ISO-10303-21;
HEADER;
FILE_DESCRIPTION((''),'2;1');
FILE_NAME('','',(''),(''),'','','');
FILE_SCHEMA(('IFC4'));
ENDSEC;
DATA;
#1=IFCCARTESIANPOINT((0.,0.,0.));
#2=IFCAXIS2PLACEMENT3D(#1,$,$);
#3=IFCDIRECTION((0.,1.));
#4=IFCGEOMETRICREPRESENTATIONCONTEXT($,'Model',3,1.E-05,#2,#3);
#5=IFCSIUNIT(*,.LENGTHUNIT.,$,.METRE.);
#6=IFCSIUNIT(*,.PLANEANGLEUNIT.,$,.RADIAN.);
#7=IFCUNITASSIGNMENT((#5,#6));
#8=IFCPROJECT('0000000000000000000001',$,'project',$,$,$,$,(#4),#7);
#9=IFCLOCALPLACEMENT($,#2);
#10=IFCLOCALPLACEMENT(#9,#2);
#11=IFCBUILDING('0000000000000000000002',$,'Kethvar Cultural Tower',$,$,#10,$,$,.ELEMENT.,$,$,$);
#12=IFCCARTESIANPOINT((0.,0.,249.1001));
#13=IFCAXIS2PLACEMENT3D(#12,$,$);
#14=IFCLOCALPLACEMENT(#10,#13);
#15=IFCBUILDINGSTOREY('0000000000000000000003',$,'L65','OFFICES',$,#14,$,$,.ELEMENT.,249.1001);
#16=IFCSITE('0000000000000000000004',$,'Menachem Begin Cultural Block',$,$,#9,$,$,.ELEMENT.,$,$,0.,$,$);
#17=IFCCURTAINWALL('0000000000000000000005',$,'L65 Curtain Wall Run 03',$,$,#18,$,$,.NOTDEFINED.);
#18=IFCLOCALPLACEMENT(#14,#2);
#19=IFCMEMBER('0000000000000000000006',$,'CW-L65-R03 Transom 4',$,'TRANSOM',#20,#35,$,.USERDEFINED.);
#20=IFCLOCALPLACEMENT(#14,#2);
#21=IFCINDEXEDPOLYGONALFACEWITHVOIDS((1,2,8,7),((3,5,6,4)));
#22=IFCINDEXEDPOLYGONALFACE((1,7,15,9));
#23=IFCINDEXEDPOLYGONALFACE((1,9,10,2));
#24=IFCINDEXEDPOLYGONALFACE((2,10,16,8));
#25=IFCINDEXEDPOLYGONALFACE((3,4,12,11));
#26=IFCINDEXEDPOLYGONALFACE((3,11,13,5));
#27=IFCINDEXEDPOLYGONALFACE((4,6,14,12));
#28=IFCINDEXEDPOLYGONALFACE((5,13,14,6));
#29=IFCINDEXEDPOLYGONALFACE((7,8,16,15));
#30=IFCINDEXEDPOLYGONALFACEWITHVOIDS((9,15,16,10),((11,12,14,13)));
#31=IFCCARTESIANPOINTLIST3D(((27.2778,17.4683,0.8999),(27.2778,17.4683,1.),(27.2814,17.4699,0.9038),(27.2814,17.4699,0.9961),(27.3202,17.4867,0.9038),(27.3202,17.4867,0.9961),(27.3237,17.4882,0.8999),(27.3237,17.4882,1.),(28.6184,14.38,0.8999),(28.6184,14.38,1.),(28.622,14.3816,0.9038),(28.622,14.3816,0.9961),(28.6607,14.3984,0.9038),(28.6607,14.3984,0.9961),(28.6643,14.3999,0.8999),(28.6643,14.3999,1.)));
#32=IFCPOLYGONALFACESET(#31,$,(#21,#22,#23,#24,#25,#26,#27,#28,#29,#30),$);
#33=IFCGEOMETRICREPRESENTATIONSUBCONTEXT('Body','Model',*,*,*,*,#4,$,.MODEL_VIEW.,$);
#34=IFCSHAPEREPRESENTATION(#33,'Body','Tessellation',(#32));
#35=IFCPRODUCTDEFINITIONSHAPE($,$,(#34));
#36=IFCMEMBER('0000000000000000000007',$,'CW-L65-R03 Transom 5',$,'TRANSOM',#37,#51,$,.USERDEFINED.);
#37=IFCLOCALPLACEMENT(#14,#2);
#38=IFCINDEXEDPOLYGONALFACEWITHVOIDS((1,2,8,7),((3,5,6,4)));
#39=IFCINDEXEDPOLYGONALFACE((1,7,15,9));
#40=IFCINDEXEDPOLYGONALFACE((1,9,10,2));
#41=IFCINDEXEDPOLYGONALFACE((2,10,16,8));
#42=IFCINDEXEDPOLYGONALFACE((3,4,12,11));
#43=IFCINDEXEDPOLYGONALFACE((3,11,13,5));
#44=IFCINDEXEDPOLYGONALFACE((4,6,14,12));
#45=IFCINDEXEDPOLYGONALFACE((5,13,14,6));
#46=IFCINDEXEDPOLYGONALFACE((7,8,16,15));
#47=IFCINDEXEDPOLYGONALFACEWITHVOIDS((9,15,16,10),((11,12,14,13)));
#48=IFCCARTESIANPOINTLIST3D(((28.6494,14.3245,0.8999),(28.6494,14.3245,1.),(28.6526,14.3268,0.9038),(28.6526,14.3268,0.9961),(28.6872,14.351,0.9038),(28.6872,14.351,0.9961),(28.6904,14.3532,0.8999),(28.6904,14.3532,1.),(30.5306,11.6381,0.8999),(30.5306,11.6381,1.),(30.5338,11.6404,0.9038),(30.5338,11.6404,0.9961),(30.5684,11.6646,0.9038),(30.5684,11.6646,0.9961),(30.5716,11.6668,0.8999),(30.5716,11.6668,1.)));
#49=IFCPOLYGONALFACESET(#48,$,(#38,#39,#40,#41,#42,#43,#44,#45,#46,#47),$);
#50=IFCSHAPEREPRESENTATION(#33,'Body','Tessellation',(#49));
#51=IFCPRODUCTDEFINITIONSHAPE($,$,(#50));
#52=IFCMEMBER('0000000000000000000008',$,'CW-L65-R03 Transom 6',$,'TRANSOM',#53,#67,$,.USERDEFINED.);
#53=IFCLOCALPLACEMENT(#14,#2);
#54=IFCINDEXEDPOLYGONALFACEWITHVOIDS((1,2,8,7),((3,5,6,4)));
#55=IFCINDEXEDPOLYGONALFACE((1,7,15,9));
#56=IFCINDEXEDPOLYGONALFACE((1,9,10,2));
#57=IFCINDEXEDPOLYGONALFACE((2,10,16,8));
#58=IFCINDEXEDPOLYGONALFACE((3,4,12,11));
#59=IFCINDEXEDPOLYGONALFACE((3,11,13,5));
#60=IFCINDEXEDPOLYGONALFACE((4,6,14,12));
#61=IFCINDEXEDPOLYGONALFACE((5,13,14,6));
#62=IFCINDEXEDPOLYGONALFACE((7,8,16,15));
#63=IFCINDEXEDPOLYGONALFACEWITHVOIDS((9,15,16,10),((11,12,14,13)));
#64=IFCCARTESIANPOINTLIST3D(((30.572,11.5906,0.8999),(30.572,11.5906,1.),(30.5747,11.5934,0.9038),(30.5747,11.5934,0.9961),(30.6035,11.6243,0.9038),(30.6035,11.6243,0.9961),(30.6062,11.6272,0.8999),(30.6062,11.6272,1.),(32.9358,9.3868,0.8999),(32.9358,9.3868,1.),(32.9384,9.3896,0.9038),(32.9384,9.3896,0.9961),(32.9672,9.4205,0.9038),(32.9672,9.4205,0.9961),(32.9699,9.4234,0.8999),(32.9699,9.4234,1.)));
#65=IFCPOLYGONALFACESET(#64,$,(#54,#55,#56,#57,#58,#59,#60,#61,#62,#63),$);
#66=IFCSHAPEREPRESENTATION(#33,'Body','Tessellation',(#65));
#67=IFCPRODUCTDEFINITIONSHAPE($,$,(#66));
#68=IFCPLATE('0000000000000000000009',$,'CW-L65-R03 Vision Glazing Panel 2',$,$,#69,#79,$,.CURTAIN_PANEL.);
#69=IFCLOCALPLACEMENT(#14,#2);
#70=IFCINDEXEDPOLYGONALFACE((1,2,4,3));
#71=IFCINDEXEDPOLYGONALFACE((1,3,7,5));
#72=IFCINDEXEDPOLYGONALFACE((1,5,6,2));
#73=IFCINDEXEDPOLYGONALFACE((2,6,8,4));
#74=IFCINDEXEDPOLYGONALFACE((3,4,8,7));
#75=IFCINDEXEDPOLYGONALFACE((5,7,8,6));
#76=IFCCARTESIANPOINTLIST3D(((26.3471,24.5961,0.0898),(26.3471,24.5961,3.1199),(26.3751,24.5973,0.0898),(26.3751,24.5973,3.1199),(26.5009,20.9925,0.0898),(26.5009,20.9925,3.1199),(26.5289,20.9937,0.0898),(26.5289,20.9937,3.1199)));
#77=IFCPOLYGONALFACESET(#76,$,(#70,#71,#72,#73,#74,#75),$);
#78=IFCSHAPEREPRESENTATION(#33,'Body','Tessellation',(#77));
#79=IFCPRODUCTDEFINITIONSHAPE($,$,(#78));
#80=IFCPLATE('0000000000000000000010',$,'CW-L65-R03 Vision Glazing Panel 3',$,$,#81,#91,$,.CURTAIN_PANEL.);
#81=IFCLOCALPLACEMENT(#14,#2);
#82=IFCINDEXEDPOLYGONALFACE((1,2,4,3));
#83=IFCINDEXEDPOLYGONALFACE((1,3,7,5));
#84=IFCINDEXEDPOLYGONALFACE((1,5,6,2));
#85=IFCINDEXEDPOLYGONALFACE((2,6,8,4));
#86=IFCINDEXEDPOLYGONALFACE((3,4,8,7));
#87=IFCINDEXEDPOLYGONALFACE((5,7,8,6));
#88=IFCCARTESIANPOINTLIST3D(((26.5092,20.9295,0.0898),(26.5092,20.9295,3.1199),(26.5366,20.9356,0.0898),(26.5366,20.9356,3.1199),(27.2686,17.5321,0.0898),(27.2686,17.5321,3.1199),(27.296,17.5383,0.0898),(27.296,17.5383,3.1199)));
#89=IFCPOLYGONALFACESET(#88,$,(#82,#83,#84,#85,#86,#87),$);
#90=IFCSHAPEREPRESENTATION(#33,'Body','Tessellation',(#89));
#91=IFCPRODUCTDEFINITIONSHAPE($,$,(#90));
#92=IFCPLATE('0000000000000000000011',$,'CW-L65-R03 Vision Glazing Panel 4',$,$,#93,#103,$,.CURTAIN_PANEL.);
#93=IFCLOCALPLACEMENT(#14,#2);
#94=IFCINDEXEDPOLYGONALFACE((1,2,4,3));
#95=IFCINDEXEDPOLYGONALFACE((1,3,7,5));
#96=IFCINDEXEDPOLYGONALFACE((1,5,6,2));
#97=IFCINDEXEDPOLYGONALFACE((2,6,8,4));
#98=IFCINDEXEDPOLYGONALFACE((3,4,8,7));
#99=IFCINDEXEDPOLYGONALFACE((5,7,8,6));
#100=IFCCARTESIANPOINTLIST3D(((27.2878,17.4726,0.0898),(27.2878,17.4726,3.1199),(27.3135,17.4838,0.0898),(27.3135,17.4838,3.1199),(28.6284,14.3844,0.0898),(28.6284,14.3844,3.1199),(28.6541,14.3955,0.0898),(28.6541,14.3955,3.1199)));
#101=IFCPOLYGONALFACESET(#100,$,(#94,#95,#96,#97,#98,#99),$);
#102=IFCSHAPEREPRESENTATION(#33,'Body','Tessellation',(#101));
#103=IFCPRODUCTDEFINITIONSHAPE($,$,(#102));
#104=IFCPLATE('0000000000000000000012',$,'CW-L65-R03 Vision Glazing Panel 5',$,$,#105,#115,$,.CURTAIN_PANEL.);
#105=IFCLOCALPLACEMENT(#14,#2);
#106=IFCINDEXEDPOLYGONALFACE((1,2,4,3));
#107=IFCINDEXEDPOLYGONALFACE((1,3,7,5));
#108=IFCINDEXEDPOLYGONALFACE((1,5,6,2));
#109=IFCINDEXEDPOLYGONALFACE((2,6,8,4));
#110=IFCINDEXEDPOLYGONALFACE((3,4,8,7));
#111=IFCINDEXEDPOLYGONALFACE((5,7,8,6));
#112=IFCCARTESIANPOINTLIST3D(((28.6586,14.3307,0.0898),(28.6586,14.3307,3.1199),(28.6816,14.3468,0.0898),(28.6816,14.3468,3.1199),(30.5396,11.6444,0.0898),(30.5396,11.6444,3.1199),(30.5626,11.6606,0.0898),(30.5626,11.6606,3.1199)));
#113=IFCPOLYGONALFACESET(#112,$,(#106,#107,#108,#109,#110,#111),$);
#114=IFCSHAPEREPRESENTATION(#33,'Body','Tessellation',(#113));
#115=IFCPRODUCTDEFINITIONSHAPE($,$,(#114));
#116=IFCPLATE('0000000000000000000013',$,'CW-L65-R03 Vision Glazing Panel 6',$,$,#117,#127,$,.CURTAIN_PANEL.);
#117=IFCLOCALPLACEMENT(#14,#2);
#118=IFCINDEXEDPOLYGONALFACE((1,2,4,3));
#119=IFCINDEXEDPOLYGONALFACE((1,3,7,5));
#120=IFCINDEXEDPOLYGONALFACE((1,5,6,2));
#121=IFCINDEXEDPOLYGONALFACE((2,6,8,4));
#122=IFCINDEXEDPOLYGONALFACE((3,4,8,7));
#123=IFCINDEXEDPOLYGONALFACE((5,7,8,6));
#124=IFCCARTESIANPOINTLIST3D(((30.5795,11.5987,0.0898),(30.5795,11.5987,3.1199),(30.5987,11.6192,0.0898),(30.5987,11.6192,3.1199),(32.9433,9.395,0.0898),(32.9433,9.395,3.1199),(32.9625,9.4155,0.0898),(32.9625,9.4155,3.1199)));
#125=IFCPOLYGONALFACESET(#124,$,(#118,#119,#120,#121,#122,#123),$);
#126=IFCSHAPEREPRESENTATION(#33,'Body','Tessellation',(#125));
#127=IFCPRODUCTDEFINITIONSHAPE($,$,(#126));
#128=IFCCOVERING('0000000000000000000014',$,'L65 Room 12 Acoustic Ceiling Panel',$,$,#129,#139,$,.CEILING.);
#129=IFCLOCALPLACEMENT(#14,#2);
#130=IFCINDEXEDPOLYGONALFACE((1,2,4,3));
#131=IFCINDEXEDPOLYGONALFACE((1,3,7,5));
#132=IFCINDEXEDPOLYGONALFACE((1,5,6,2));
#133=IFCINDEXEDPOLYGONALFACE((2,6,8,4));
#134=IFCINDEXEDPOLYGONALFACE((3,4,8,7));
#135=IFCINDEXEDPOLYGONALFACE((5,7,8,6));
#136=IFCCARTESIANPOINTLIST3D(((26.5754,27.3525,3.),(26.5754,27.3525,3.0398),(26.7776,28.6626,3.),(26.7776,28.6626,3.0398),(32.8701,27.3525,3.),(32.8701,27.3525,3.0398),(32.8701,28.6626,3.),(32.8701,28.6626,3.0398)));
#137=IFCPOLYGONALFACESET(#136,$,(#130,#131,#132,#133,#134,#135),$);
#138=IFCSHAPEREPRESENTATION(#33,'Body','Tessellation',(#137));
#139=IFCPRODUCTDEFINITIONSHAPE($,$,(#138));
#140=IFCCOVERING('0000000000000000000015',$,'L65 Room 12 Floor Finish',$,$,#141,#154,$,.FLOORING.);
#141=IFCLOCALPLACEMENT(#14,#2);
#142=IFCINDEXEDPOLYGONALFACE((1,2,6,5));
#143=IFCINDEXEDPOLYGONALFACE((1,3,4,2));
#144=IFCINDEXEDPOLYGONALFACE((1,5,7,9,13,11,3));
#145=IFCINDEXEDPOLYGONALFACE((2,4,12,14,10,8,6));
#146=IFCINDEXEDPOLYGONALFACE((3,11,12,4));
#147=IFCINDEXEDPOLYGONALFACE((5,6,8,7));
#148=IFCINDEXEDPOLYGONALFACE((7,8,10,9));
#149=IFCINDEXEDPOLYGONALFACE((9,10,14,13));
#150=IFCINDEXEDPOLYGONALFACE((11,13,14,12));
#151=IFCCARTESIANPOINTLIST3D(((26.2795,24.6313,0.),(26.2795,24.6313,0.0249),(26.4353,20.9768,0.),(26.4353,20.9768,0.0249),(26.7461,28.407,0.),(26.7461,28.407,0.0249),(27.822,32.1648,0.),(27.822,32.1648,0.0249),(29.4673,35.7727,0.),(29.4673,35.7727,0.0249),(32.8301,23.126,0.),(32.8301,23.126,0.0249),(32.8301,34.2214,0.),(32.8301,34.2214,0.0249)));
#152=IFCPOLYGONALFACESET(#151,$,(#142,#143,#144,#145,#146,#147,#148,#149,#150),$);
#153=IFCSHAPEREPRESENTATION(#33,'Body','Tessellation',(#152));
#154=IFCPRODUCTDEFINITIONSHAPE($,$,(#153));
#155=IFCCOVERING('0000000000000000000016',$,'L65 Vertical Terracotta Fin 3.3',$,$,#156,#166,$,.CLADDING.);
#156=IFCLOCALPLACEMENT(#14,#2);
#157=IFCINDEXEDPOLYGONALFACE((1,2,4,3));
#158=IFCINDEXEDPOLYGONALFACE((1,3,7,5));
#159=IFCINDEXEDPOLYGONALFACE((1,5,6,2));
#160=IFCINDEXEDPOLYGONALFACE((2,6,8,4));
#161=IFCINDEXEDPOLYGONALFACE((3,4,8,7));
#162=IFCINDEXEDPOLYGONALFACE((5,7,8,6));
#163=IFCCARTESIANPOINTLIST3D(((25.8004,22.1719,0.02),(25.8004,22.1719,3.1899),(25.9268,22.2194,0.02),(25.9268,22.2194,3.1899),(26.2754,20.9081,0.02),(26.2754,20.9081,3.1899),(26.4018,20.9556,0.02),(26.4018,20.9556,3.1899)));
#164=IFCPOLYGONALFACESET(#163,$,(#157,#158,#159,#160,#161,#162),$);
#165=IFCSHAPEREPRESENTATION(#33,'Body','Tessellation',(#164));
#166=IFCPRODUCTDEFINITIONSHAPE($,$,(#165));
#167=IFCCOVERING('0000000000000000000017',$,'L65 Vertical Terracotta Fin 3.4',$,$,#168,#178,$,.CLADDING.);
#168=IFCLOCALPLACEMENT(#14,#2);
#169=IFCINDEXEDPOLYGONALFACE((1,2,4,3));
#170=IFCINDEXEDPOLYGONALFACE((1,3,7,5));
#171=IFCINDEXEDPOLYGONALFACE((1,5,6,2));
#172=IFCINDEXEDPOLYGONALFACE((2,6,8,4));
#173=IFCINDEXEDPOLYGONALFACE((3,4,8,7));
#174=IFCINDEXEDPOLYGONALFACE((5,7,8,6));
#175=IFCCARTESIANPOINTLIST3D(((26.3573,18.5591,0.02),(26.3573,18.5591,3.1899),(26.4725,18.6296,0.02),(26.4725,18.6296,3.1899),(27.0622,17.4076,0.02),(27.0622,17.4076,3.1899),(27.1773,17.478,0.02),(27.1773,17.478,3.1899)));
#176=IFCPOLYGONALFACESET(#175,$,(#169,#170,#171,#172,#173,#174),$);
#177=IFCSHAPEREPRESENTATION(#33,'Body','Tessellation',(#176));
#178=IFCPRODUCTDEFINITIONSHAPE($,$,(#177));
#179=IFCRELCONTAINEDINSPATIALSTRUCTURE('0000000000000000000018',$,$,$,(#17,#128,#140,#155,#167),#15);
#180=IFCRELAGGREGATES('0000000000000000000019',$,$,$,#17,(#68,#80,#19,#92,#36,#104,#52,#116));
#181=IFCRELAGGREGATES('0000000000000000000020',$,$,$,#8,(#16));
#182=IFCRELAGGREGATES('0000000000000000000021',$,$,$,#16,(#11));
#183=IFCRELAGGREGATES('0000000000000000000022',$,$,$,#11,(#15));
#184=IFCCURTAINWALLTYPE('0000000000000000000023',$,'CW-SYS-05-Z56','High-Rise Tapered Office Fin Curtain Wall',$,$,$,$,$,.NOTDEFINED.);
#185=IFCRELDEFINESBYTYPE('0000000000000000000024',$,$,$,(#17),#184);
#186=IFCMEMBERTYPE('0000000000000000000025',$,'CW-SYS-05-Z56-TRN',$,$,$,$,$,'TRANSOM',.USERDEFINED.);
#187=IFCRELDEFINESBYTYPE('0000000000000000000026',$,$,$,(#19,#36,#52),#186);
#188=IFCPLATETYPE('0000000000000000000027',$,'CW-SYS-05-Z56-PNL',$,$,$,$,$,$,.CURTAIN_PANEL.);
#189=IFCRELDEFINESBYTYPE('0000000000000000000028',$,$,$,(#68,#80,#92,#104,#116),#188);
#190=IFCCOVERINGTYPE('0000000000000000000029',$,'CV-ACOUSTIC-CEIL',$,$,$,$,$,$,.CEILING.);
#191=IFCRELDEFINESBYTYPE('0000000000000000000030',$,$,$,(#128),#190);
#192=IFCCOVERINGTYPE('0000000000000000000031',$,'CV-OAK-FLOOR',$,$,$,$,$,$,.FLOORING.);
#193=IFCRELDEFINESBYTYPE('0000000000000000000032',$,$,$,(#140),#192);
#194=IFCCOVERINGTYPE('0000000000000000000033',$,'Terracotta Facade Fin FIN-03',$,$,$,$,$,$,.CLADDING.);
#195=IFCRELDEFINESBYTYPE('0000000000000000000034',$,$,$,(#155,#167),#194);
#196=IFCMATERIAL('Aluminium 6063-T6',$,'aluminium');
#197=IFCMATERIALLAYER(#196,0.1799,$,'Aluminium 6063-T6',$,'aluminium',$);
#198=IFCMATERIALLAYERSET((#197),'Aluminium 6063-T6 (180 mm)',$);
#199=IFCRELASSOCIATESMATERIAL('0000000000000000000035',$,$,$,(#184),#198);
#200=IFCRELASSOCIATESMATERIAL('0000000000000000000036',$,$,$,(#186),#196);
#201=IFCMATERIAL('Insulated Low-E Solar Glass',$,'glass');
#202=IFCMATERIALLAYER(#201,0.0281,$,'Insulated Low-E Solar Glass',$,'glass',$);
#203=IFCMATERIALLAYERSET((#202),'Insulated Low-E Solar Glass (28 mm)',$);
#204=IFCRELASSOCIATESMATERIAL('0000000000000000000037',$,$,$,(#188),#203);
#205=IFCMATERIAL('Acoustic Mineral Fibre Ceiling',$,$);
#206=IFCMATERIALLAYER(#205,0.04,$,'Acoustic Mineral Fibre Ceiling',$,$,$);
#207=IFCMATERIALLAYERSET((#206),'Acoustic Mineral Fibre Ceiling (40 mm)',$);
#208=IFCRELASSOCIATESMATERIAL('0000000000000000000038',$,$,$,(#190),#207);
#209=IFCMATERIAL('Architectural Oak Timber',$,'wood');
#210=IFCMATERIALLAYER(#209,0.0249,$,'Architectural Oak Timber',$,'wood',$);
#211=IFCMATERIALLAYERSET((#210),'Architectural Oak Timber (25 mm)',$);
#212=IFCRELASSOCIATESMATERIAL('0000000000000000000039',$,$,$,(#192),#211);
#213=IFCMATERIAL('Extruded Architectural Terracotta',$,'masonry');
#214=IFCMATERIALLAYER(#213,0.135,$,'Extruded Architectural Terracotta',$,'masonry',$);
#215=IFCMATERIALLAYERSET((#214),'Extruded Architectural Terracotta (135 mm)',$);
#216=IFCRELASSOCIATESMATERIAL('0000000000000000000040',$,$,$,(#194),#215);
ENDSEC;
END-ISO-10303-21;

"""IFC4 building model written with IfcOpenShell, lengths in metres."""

from ifc_helpers import new_model, si_unit, direction, frame, origin, origin_2d, place, context, subcontext, project, spatial, polyline, rectangle, hollow_rectangle, outline, extrude, source, transform, mapped, material, layer, layer_set, material_profile, profile_set, type_object, element, aggregate, save


model = new_model("IFC4")

# Units and contexts
model_context = context("Model", 3, precision=1e-05, world=origin(), true_north=direction((0.0, 1.0)))
body_context = subcontext(model_context, "Body", "Model", "MODEL_VIEW")
ifc_project = project(units=[si_unit("LENGTHUNIT", "METRE"), si_unit("PLANEANGLEUNIT", "RADIAN")], contexts=[model_context])

# Site, building, storey
site_placement = place(None, origin())
site = spatial("IfcSite", under=ifc_project, at=site_placement, Name="Menachem Begin Cultural Block", CompositionType="ELEMENT", RefElevation=0.0)
building_placement = place(site_placement, origin())
building = spatial("IfcBuilding", under=site, at=building_placement, Name="Kethvar Cultural Tower", CompositionType="ELEMENT")
storey_placement = place(building_placement, frame((0.0, 0.0, 249.1001)))
storey = spatial("IfcBuildingStorey", under=building, at=storey_placement, Name="L65", Description="OFFICES", CompositionType="ELEMENT", Elevation=249.1001)

# Curtain wall, members, plates
ifc_material_1 = material(Name="Aluminium 6063-T6", Category="aluminium")
ifc_layer_1 = layer(ifc_material_1, 0.1799, Name="Aluminium 6063-T6", Category="aluminium")
ifc_layer_set_1 = layer_set([ifc_layer_1], Name="Aluminium 6063-T6 (180 mm)")
curtain_wall_type = type_object("IfcCurtainWallType", Name="CW-SYS-05-Z56", Description="High-Rise Tapered Office Fin Curtain Wall", PredefinedType="NOTDEFINED", material=ifc_layer_set_1)
curtain_wall_placement = place(storey_placement, origin())
curtain_wall = element("IfcCurtainWall", 1, at=curtain_wall_placement, inside=storey, type_object=curtain_wall_type, Name="L65 Curtain Wall Run 03", PredefinedType="NOTDEFINED")
ifc_material_profile_1 = material_profile(ifc_material_1, hollow_rectangle(XDim=0.05, YDim=0.1001, WallThickness=0.0039, at=origin_2d()), Name="Aluminium 6063-T6 — RHS100x50x4")
ifc_profile_set_1 = profile_set([ifc_material_profile_1], Name="Aluminium 6063-T6 — RHS100x50x4")
member_type_1 = type_object("IfcMemberType", Name="CW-SYS-05-Z56-TRN", ElementType="TRANSOM", PredefinedType="USERDEFINED", material=ifc_profile_set_1)
shared_shape_1 = source(origin(), body_context, "Body", "SweptSolid", [
    extrude(hollow_rectangle(XDim=0.05, YDim=0.1001, WallThickness=0.0039, at=origin_2d()), origin(), (0.0, 0.0, 1.0), 3.3667),
])
member_1_placement = place(storey_placement, frame((27.3008, 17.4783, 0.95), z_axis=(0.398177, -0.917309, 0.0), x_axis=(0.917309, 0.398177, 0.0)))
member_1 = element("IfcMember", 2, at=member_1_placement, type_object=member_type_1, Name="CW-L65-R03 Transom 4", ObjectType="TRANSOM", PredefinedType="USERDEFINED", context=body_context, shape_type="MappedRepresentation", body=[
    mapped(shared_shape_1, transform((0.0, 0.0, 0.0), scale=1.0)),
])
shared_shape_2 = source(origin(), body_context, "Body", "SweptSolid", [
    extrude(hollow_rectangle(XDim=0.05, YDim=0.1001, WallThickness=0.0039, at=origin_2d()), origin(), (0.0, 0.0, 1.0), 3.2795),
])
member_2_placement = place(storey_placement, frame((28.6699, 14.3389, 0.95), z_axis=(0.573607, -0.81913, 0.0), x_axis=(0.81913, 0.573607, 0.0)))
member_2 = element("IfcMember", 3, at=member_2_placement, type_object=member_type_1, Name="CW-L65-R03 Transom 5", ObjectType="TRANSOM", PredefinedType="USERDEFINED", context=body_context, shape_type="MappedRepresentation", body=[
    mapped(shared_shape_2, transform((0.0, 0.0, 0.0), scale=1.0)),
])
shared_shape_3 = source(origin(), body_context, "Body", "SweptSolid", [
    extrude(hollow_rectangle(XDim=0.05, YDim=0.1001, WallThickness=0.0039, at=origin_2d()), origin(), (0.0, 0.0, 1.0), 3.2317),
])
member_3_placement = place(storey_placement, frame((30.5891, 11.6089, 0.95), z_axis=(0.731414, -0.681933, 0.0), x_axis=(0.681933, 0.731414, 0.0)))
member_3 = element("IfcMember", 4, at=member_3_placement, type_object=member_type_1, Name="CW-L65-R03 Transom 6", ObjectType="TRANSOM", PredefinedType="USERDEFINED", context=body_context, shape_type="MappedRepresentation", body=[
    mapped(shared_shape_3, transform((0.0, 0.0, 0.0), scale=1.0)),
])
ifc_material_2 = material(Name="Insulated Low-E Solar Glass", Category="glass")
ifc_layer_2 = layer(ifc_material_2, 0.0281, Name="Insulated Low-E Solar Glass", Category="glass")
ifc_layer_set_2 = layer_set([ifc_layer_2], Name="Insulated Low-E Solar Glass (28 mm)")
plate_type = type_object("IfcPlateType", Name="CW-SYS-05-Z56-PNL", PredefinedType="CURTAIN_PANEL", material=ifc_layer_set_2)
shared_shape_4 = source(origin(), body_context, "Body", "SweptSolid", [
    extrude(rectangle(XDim=3.6069, YDim=0.0281, at=origin_2d()), origin(), (0.0, 0.0, 1.0), 3.03),
])
plate_1_placement = place(storey_placement, frame((26.438, 22.7949, 0.0898), z_axis=(0.0, 0.0, 1.0), x_axis=(0.042643, -0.99909, 0.0)))
plate_1 = element("IfcPlate", 5, at=plate_1_placement, type_object=plate_type, Name="CW-L65-R03 Vision Glazing Panel 2", PredefinedType="CURTAIN_PANEL", context=body_context, shape_type="MappedRepresentation", body=[
    mapped(shared_shape_4, transform((0.0, 0.0, 0.0), scale=1.0)),
])
shared_shape_5 = source(origin(), body_context, "Body", "SweptSolid", [
    extrude(rectangle(XDim=3.4812, YDim=0.0281, at=origin_2d()), origin(), (0.0, 0.0, 1.0), 3.03),
])
plate_2_placement = place(storey_placement, frame((26.9026, 19.2339, 0.0898), z_axis=(0.0, 0.0, 1.0), x_axis=(0.218126, -0.975921, 0.0)))
plate_2 = element("IfcPlate", 6, at=plate_2_placement, type_object=plate_type, Name="CW-L65-R03 Vision Glazing Panel 3", PredefinedType="CURTAIN_PANEL", context=body_context, shape_type="MappedRepresentation", body=[
    mapped(shared_shape_5, transform((0.0, 0.0, 0.0), scale=1.0)),
])
shared_shape_6 = source(origin(), body_context, "Body", "SweptSolid", [
    extrude(rectangle(XDim=3.3667, YDim=0.0281, at=origin_2d()), origin(), (0.0, 0.0, 1.0), 3.03),
])
plate_3_placement = place(storey_placement, frame((27.9709, 15.9341, 0.0898), z_axis=(0.0, 0.0, 1.0), x_axis=(0.398205, -0.917297, 0.0)))
plate_3 = element("IfcPlate", 7, at=plate_3_placement, type_object=plate_type, Name="CW-L65-R03 Vision Glazing Panel 4", PredefinedType="CURTAIN_PANEL", context=body_context, shape_type="MappedRepresentation", body=[
    mapped(shared_shape_6, transform((0.0, 0.0, 0.0), scale=1.0)),
])
shared_shape_7 = source(origin(), body_context, "Body", "SweptSolid", [
    extrude(rectangle(XDim=3.2793, YDim=0.0281, at=origin_2d()), origin(), (0.0, 0.0, 1.0), 3.03),
])
plate_4_placement = place(storey_placement, frame((29.6106, 12.9956, 0.0898), z_axis=(0.0, 0.0, 1.0), x_axis=(0.573591, -0.819142, 0.0)))
plate_4 = element("IfcPlate", 8, at=plate_4_placement, type_object=plate_type, Name="CW-L65-R03 Vision Glazing Panel 5", PredefinedType="CURTAIN_PANEL", context=body_context, shape_type="MappedRepresentation", body=[
    mapped(shared_shape_7, transform((0.0, 0.0, 0.0), scale=1.0)),
])
shared_shape_8 = source(origin(), body_context, "Body", "SweptSolid", [
    extrude(rectangle(XDim=3.2317, YDim=0.0281, at=origin_2d()), origin(), (0.0, 0.0, 1.0), 3.03),
])
plate_5_placement = place(storey_placement, frame((31.771, 10.5071, 0.0898), z_axis=(0.0, 0.0, 1.0), x_axis=(0.731437, -0.681909, 0.0)))
plate_5 = element("IfcPlate", 9, at=plate_5_placement, type_object=plate_type, Name="CW-L65-R03 Vision Glazing Panel 6", PredefinedType="CURTAIN_PANEL", context=body_context, shape_type="MappedRepresentation", body=[
    mapped(shared_shape_8, transform((0.0, 0.0, 0.0), scale=1.0)),
])
aggregate(curtain_wall, [plate_1, plate_2, member_1, plate_3, member_2, plate_4, member_3, plate_5])

# Coverings
ifc_material_3 = material(Name="Acoustic Mineral Fibre Ceiling")
ifc_layer_3 = layer(ifc_material_3, 0.04, Name="Acoustic Mineral Fibre Ceiling")
ifc_layer_set_3 = layer_set([ifc_layer_3], Name="Acoustic Mineral Fibre Ceiling (40 mm)")
covering_type_1 = type_object("IfcCoveringType", Name="CV-ACOUSTIC-CEIL", PredefinedType="CEILING", material=ifc_layer_set_3)
covering_1_placement = place(storey_placement, frame((0.0, 0.0, 3.0)))
element("IfcCovering", 10, at=covering_1_placement, inside=storey, type_object=covering_type_1, Name="L65 Room 12 Acoustic Ceiling Panel", PredefinedType="CEILING", context=body_context, shape_type="SweptSolid", body=[
    extrude(outline(polyline([(26.5754, 27.3525), (26.7776, 28.6626), (32.8701, 28.6626), (32.8701, 27.3525), (26.5754, 27.3525)])), origin(), (0.0, 0.0, 1.0), 0.0398),
])
ifc_material_4 = material(Name="Architectural Oak Timber", Category="wood")
ifc_layer_4 = layer(ifc_material_4, 0.0249, Name="Architectural Oak Timber", Category="wood")
ifc_layer_set_4 = layer_set([ifc_layer_4], Name="Architectural Oak Timber (25 mm)")
covering_type_2 = type_object("IfcCoveringType", Name="CV-OAK-FLOOR", PredefinedType="FLOORING", material=ifc_layer_set_4)
covering_2_placement = place(storey_placement, origin())
element("IfcCovering", 11, at=covering_2_placement, inside=storey, type_object=covering_type_2, Name="L65 Room 12 Floor Finish", PredefinedType="FLOORING", context=body_context, shape_type="SweptSolid", body=[
    extrude(outline(polyline([(26.2795, 24.6313), (26.7461, 28.407), (27.822, 32.1648), (29.4673, 35.7727), (32.8301, 34.2214), (32.8301, 23.126), (26.4353, 20.9768), (26.2795, 24.6313)])), origin(), (0.0, 0.0, 1.0), 0.0249),
])
ifc_material_5 = material(Name="Extruded Architectural Terracotta", Category="masonry")
ifc_layer_5 = layer(ifc_material_5, 0.135, Name="Extruded Architectural Terracotta", Category="masonry")
ifc_layer_set_5 = layer_set([ifc_layer_5], Name="Extruded Architectural Terracotta (135 mm)")
covering_type_3 = type_object("IfcCoveringType", Name="Terracotta Facade Fin FIN-03", PredefinedType="CLADDING", material=ifc_layer_set_5)
shared_shape_9 = source(origin(), body_context, "Body", "SweptSolid", [
    extrude(rectangle(XDim=1.3501, YDim=0.135, at=origin_2d()), origin(), (0.0, 0.0, 1.0), 3.1699),
])
for number, where, z_axis, x_axis, name in (
    (12, (26.1011, 21.5637, 0.02), (0.0, 0.0, 1.0), (-0.351842, 0.93606, 0.0), "L65 Vertical Terracotta Fin 3.3"),
    (13, (26.7673, 18.0186, 0.02), (0.0, 0.0, 1.0), (-0.522052, 0.852914, 0.0), "L65 Vertical Terracotta Fin 3.4"),
):
    element("IfcCovering", number, at=place(storey_placement, frame(where, z_axis=z_axis, x_axis=x_axis)), inside=storey, type_object=covering_type_3, Name=name, PredefinedType="CLADDING", context=body_context, shape_type="MappedRepresentation", body=[
        mapped(shared_shape_9, transform((0.0, 0.0, 0.0), scale=1.0)),
    ])

save(model, "model.ifc")
